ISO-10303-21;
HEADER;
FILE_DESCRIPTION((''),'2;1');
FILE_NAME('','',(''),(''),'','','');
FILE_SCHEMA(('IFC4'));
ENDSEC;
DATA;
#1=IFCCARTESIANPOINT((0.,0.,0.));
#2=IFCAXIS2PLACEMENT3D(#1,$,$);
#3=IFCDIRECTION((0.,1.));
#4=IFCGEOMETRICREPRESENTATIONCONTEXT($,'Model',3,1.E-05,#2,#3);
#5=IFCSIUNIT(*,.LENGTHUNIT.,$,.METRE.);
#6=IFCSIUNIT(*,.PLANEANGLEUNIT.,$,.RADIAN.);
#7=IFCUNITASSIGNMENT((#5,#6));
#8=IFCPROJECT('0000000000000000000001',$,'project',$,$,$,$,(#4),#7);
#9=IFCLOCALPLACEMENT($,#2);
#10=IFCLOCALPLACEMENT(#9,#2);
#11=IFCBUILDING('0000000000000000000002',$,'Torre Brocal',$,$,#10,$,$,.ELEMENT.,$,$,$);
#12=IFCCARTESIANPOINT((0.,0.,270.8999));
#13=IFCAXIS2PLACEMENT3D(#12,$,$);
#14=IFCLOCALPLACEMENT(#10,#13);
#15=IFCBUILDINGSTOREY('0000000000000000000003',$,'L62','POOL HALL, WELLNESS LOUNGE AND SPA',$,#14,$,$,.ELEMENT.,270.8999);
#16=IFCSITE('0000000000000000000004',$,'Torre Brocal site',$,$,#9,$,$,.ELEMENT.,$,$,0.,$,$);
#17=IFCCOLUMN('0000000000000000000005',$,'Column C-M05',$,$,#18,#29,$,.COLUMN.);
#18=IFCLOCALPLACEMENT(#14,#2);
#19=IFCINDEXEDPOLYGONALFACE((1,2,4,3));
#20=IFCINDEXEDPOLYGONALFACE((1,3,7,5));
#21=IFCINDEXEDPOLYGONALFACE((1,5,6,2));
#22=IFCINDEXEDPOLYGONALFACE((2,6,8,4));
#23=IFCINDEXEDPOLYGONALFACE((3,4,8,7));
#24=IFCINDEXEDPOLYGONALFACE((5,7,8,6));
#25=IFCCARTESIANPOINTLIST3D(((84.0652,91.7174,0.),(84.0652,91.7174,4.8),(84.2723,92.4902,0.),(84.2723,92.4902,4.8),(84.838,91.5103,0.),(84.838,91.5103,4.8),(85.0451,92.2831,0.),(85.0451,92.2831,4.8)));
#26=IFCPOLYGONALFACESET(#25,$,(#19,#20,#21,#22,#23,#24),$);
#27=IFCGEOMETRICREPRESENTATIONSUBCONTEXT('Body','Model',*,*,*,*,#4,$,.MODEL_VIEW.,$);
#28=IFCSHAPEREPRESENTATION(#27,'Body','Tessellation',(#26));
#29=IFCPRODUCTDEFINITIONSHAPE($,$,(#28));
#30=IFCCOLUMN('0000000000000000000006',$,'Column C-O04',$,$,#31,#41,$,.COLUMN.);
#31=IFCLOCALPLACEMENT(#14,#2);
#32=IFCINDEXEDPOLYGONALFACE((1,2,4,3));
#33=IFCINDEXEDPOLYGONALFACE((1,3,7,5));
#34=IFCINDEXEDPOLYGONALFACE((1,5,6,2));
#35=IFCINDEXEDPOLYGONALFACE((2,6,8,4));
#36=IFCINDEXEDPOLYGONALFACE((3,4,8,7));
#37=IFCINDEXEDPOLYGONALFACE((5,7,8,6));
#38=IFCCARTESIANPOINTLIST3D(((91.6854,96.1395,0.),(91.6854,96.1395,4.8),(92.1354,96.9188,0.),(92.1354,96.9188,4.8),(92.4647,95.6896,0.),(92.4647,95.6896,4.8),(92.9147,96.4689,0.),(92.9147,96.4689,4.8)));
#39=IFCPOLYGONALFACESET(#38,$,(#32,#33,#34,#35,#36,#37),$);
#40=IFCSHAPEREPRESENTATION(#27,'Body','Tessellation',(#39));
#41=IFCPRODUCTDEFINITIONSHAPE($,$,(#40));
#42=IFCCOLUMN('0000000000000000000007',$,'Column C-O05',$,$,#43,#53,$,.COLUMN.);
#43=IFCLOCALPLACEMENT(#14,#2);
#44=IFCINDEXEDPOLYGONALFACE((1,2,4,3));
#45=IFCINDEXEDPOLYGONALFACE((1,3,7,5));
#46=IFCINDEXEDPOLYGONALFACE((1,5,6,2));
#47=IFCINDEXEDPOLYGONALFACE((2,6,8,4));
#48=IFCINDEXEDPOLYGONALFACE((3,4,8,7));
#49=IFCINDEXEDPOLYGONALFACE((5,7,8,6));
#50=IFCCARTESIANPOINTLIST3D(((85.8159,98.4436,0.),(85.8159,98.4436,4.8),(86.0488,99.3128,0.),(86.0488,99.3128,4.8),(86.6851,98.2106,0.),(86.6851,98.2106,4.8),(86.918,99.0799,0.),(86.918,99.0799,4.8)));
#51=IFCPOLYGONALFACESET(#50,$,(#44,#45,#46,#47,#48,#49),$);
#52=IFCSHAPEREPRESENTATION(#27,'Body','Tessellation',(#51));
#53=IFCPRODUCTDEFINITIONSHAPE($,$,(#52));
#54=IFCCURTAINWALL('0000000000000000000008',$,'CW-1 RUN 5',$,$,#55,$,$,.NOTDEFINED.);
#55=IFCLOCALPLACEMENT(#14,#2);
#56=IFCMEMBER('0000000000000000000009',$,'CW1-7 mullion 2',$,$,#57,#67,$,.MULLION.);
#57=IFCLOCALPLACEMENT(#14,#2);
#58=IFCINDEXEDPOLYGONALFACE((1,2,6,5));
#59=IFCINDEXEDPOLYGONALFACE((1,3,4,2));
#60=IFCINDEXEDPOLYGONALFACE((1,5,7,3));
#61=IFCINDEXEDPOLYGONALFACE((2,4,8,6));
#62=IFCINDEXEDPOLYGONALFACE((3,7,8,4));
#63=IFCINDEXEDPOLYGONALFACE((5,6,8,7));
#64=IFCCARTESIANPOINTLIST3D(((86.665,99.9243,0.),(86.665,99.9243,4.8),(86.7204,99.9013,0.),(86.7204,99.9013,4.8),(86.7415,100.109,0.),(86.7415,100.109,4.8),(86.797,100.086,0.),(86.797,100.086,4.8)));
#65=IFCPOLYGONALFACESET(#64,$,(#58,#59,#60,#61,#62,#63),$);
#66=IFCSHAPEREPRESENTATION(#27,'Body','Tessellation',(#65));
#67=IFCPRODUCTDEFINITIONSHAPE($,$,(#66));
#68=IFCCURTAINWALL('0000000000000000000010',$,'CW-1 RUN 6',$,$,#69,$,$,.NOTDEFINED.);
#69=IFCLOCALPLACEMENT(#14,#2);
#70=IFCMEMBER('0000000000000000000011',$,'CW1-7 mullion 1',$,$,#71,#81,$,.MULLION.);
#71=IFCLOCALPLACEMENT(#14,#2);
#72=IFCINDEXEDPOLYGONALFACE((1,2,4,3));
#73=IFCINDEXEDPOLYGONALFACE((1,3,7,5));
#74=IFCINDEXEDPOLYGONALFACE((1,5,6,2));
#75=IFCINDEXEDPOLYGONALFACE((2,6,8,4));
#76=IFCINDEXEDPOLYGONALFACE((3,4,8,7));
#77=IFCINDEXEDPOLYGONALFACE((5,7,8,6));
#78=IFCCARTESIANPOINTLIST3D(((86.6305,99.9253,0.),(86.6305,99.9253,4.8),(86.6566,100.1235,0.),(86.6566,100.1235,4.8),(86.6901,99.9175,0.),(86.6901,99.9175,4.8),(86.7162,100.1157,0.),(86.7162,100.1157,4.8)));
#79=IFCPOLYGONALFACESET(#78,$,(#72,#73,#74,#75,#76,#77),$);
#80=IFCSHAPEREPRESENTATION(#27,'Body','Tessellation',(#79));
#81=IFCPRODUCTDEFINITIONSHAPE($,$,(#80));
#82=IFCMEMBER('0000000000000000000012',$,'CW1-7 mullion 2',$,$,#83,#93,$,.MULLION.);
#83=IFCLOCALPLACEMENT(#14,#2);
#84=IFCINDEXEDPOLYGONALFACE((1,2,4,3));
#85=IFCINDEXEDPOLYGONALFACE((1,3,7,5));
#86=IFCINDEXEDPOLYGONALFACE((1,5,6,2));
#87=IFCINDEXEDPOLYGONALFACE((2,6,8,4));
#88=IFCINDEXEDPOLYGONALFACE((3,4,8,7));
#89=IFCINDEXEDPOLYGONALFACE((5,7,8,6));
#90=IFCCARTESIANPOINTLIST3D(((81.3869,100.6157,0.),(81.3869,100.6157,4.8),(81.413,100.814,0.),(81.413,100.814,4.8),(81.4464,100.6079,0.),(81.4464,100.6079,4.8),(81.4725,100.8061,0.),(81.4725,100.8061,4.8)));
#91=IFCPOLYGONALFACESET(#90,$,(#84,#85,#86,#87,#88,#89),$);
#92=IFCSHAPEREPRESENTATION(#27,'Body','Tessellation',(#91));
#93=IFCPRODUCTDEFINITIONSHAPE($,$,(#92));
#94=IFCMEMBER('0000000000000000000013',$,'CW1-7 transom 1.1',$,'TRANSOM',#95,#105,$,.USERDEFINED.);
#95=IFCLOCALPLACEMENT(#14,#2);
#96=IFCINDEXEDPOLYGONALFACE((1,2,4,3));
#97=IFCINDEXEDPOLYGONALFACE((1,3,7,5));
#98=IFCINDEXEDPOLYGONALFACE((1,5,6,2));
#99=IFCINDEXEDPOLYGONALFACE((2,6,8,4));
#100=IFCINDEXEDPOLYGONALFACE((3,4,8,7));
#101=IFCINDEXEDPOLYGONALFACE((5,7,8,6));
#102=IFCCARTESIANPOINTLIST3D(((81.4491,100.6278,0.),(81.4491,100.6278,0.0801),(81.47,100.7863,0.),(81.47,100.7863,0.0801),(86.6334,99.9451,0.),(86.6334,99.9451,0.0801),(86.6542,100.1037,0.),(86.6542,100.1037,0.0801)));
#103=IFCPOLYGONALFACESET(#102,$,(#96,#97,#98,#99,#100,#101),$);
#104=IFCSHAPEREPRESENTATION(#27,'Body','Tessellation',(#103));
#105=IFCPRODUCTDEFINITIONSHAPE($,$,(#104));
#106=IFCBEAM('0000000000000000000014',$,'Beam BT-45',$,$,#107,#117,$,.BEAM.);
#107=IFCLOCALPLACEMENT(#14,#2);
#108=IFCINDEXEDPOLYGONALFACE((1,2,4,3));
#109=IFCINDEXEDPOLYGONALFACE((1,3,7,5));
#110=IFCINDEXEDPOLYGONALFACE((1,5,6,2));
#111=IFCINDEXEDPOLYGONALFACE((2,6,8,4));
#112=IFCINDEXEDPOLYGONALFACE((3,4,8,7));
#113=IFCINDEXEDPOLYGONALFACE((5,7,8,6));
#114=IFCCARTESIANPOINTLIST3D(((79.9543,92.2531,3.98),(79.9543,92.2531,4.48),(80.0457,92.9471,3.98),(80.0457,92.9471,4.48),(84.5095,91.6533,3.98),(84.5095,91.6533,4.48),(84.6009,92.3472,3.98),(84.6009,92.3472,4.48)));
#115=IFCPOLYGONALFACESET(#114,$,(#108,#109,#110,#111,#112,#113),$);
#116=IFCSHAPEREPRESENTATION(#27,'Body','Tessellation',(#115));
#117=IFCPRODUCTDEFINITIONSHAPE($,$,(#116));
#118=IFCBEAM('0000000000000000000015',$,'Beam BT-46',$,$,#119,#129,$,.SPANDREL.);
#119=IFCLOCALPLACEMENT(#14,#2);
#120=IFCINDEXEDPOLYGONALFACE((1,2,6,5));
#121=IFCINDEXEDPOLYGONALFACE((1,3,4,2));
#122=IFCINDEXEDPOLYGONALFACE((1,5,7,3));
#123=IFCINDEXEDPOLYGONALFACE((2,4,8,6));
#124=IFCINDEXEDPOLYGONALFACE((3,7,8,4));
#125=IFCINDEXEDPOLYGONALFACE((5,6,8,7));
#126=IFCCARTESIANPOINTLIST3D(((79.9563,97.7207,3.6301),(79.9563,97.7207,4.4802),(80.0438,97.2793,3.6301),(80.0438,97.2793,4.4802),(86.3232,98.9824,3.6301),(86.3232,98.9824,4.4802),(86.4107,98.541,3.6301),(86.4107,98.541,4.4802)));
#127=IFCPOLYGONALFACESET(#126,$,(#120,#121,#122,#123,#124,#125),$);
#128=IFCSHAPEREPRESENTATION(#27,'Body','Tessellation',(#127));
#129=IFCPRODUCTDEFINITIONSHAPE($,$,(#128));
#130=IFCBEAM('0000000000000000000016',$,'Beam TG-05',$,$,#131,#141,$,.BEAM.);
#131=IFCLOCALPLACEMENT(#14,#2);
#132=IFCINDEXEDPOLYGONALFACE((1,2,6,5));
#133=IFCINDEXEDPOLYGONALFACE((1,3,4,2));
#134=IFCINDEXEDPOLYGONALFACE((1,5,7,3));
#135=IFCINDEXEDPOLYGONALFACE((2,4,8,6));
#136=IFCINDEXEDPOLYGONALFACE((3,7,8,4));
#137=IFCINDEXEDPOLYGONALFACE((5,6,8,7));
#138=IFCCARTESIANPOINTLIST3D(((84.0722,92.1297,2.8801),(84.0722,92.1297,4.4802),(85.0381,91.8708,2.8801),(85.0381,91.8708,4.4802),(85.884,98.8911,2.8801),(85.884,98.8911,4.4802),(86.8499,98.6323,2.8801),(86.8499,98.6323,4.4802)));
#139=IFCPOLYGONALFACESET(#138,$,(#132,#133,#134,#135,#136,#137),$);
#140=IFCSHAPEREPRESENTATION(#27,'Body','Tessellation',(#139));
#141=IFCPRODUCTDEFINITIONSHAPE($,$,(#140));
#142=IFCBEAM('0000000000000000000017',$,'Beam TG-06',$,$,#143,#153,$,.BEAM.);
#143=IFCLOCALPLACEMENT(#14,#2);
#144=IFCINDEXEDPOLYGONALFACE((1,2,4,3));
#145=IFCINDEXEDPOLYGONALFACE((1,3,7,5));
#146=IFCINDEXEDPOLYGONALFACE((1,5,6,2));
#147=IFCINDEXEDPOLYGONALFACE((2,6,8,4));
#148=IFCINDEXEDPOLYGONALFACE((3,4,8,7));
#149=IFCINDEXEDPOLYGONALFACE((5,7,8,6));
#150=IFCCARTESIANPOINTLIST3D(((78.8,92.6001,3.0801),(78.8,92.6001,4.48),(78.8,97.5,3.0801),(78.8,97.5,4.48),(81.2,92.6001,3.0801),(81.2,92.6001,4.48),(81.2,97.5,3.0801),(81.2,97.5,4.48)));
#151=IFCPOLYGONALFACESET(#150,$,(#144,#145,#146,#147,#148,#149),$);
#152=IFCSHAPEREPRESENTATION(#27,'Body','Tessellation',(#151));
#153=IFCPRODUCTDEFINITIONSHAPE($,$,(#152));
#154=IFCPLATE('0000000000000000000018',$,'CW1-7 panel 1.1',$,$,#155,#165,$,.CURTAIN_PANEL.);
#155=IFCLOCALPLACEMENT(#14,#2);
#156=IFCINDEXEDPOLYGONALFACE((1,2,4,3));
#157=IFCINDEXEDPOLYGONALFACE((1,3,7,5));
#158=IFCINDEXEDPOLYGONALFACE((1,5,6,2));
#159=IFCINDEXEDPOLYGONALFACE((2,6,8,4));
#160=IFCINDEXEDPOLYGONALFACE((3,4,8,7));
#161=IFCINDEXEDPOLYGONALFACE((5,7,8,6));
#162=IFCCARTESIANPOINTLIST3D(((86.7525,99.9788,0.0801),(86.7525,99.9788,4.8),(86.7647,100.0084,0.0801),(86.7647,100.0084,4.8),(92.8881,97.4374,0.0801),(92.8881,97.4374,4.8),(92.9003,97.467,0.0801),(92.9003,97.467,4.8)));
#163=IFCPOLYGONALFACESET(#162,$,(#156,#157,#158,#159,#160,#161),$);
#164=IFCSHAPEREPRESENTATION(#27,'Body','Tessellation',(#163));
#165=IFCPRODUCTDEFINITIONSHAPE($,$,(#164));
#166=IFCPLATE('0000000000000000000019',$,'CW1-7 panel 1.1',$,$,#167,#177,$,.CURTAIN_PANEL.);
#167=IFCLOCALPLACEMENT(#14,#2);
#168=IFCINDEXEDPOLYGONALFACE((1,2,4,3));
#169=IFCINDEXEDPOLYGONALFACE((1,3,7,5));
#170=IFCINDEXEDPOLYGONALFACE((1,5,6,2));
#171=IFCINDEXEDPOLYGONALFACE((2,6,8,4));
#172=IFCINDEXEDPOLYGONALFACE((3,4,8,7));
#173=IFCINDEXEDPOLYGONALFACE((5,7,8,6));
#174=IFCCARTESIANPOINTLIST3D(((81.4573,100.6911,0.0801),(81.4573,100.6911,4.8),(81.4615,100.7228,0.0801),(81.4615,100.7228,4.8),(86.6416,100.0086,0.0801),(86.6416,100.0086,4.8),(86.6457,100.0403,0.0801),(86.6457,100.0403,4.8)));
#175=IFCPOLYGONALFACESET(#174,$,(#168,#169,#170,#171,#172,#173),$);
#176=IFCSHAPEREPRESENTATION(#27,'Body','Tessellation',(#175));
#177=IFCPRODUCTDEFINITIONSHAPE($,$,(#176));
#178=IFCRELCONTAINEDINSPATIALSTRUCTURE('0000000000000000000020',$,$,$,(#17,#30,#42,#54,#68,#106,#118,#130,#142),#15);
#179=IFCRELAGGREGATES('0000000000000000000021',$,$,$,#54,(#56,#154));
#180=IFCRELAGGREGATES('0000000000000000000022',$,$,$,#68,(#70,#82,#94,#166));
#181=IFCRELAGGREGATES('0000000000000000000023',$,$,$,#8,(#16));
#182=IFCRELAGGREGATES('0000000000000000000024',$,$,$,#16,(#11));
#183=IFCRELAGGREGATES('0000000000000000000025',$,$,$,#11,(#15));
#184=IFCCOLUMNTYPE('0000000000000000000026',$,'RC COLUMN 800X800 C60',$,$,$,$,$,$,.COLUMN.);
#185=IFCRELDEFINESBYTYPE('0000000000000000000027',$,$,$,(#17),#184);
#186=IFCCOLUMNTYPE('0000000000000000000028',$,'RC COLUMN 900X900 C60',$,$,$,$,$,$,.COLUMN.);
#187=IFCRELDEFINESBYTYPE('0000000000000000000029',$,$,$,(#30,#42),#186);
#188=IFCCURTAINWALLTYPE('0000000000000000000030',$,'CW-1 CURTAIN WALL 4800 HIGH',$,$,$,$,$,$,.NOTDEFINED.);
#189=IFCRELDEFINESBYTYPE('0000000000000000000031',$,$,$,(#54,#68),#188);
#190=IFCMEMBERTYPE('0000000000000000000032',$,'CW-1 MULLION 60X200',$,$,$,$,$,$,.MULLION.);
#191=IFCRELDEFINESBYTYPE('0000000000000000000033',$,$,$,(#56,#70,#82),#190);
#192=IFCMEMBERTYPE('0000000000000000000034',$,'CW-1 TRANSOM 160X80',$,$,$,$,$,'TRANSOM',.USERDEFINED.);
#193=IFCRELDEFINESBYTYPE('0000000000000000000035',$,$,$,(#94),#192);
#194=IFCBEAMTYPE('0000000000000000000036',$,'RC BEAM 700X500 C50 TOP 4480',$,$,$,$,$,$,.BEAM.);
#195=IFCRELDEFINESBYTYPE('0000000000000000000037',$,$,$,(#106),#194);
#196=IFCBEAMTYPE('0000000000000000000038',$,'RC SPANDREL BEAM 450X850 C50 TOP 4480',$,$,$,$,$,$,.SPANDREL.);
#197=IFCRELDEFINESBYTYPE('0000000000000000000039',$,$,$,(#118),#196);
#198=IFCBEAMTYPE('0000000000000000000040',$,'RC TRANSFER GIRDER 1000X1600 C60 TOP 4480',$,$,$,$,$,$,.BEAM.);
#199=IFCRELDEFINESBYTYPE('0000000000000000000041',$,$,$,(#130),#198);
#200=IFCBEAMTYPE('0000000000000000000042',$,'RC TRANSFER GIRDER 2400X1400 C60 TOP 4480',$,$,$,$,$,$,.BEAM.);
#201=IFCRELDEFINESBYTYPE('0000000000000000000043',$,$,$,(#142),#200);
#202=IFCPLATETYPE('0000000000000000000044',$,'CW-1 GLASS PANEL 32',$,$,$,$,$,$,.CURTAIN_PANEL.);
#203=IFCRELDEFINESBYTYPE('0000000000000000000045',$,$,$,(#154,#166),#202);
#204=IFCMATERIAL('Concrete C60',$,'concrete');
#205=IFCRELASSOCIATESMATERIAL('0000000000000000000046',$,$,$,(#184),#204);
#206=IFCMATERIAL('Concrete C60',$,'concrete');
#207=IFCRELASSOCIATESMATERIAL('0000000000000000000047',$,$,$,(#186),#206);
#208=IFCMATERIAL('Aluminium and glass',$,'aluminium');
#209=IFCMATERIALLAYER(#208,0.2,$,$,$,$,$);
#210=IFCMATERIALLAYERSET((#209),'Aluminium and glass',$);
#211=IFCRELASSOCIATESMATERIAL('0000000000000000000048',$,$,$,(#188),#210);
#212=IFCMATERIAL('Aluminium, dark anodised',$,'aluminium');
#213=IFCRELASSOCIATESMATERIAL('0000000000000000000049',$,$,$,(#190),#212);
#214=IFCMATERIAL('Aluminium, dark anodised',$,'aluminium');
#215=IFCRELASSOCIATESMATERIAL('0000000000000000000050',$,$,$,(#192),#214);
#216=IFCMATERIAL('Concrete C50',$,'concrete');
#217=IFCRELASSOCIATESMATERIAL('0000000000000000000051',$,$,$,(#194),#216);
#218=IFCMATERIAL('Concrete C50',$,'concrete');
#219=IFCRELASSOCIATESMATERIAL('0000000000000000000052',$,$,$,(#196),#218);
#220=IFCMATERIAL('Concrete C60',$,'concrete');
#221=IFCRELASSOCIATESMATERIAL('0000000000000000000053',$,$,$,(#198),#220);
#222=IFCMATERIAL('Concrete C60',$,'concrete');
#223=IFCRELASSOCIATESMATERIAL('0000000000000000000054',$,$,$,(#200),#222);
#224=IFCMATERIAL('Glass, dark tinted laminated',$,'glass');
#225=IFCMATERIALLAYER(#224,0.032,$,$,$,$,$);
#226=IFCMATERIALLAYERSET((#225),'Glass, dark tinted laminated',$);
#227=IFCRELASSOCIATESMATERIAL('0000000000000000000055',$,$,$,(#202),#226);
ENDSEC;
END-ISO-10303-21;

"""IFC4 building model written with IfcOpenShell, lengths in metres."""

from ifc_helpers import new_model, si_unit, direction, frame, origin, origin_2d, place, context, subcontext, project, spatial, rectangle, extrude, material, layer, layer_set, material_profile, profile_set, type_object, element, aggregate, save


model = new_model("IFC4")

# Units and contexts
model_context = context("Model", 3, precision=1e-05, world=origin(), true_north=direction((0.0, 1.0)))
body_context = subcontext(model_context, "Body", "Model", "MODEL_VIEW")
ifc_project = project(units=[si_unit("LENGTHUNIT", "METRE"), si_unit("PLANEANGLEUNIT", "RADIAN")], contexts=[model_context])

# Site, building, storey
site_placement = place(None, origin())
site = spatial("IfcSite", under=ifc_project, at=site_placement, Name="Torre Brocal site", CompositionType="ELEMENT", RefElevation=0.0)
building_placement = place(site_placement, origin())
building = spatial("IfcBuilding", under=site, at=building_placement, Name="Torre Brocal", CompositionType="ELEMENT")
storey_placement = place(building_placement, frame((0.0, 0.0, 270.8999)))
storey = spatial("IfcBuildingStorey", under=building, at=storey_placement, Name="L62", Description="POOL HALL, WELLNESS LOUNGE AND SPA", CompositionType="ELEMENT", Elevation=270.8999)

# Columns
ifc_material_1 = material(Name="Concrete C60", Category="concrete")
ifc_material_profile_1 = material_profile(ifc_material_1, rectangle(XDim=0.8, YDim=0.8, at=origin_2d()), Name="RC 800X800")
ifc_profile_set_1 = profile_set([ifc_material_profile_1], Name="Concrete C60")
column_type_1 = type_object("IfcColumnType", Name="RC COLUMN 800X800 C60", PredefinedType="COLUMN", material=ifc_profile_set_1)
column_placement = place(storey_placement, frame((84.5552, 92.0002, 0.0), z_axis=(0.0, 0.0, 1.0), x_axis=(0.258819, 0.965926, 0.0)))
element("IfcColumn", 1, at=column_placement, inside=storey, type_object=column_type_1, Name="Column C-M05", PredefinedType="COLUMN", context=body_context, shape_type="SweptSolid", body=[
    extrude(rectangle(XDim=0.8, YDim=0.8, at=origin_2d()), origin(), (0.0, 0.0, 1.0), 4.8),
])
ifc_material_2 = material(Name="Concrete C60", Category="concrete")
ifc_material_profile_2 = material_profile(ifc_material_2, rectangle(XDim=0.8999, YDim=0.8999, at=origin_2d()), Name="RC 900X900")
ifc_profile_set_2 = profile_set([ifc_material_profile_2], Name="Concrete C60")
column_type_2 = type_object("IfcColumnType", Name="RC COLUMN 900X900 C60", PredefinedType="COLUMN", material=ifc_profile_set_2)
for number, where, z_axis, x_axis, name in (
    (2, (92.3, 96.3042, 0.0), (0.0, 0.0, 1.0), (0.5, 0.866025, 0.0), "Column C-O04"),
    (3, (86.3669, 98.7617, 0.0), (0.0, 0.0, 1.0), (0.258819, 0.965926, 0.0), "Column C-O05"),
):
    element("IfcColumn", number, at=place(storey_placement, frame(where, z_axis=z_axis, x_axis=x_axis)), inside=storey, type_object=column_type_2, Name=name, PredefinedType="COLUMN", context=body_context, shape_type="SweptSolid", body=[
        extrude(rectangle(XDim=0.8999, YDim=0.8999, at=origin_2d()), origin(), (0.0, 0.0, 1.0), 4.8),
    ])

# Curtain wall, member
ifc_material_3 = material(Name="Aluminium and glass", Category="aluminium")
ifc_layer_1 = layer(ifc_material_3, 0.2)
ifc_layer_set_1 = layer_set([ifc_layer_1], Name="Aluminium and glass")
curtain_wall_type = type_object("IfcCurtainWallType", Name="CW-1 CURTAIN WALL 4800 HIGH", PredefinedType="NOTDEFINED", material=ifc_layer_set_1)
curtain_wall_1_placement = place(storey_placement, origin())
curtain_wall_1 = element("IfcCurtainWall", 4, at=curtain_wall_1_placement, inside=storey, type_object=curtain_wall_type, Name="CW-1 RUN 5", PredefinedType="NOTDEFINED")
ifc_material_4 = material(Name="Aluminium, dark anodised", Category="aluminium")
ifc_material_profile_3 = material_profile(ifc_material_4, rectangle(XDim=0.2, YDim=0.0601, at=origin_2d()), Name="CW-1 MULLION 60X200")
ifc_profile_set_3 = profile_set([ifc_material_profile_3], Name="Aluminium, dark anodised")
member_type_1 = type_object("IfcMemberType", Name="CW-1 MULLION 60X200", PredefinedType="MULLION", material=ifc_profile_set_3)
member_1_placement = place(storey_placement, frame((86.731, 100.0051, 0.0), z_axis=(0.0, 0.0, 1.0), x_axis=(-0.382683, -0.92388, 0.0)))
member_1 = element("IfcMember", 5, at=member_1_placement, type_object=member_type_1, Name="CW1-7 mullion 2", PredefinedType="MULLION", context=body_context, shape_type="SweptSolid", body=[
    extrude(rectangle(XDim=0.2, YDim=0.0601, at=origin_2d()), origin(), (0.0, 0.0, 1.0), 4.8),
])

# Curtain wall, members
curtain_wall_2_placement = place(storey_placement, origin())
curtain_wall_2 = element("IfcCurtainWall", 6, at=curtain_wall_2_placement, inside=storey, type_object=curtain_wall_type, Name="CW-1 RUN 6", PredefinedType="NOTDEFINED")
member_2_placement = place(storey_placement, frame((86.6733, 100.0205, 0.0), z_axis=(0.0, 0.0, 1.0), x_axis=(-0.130526, -0.991445, 0.0)))
member_2 = element("IfcMember", 7, at=member_2_placement, type_object=member_type_1, Name="CW1-7 mullion 1", PredefinedType="MULLION", context=body_context, shape_type="SweptSolid", body=[
    extrude(rectangle(XDim=0.2, YDim=0.0601, at=origin_2d()), origin(), (0.0, 0.0, 1.0), 4.8),
])
member_3_placement = place(storey_placement, frame((81.4297, 100.7109, 0.0), z_axis=(0.0, 0.0, 1.0), x_axis=(-0.130526, -0.991445, 0.0)))
member_3 = element("IfcMember", 8, at=member_3_placement, type_object=member_type_1, Name="CW1-7 mullion 2", PredefinedType="MULLION", context=body_context, shape_type="SweptSolid", body=[
    extrude(rectangle(XDim=0.2, YDim=0.0601, at=origin_2d()), origin(), (0.0, 0.0, 1.0), 4.8),
])
ifc_material_5 = material(Name="Aluminium, dark anodised", Category="aluminium")
ifc_material_profile_4 = material_profile(ifc_material_5, rectangle(XDim=0.1599, YDim=0.0801, at=origin_2d()), Name="CW-1 TRANSOM 160X80")
ifc_profile_set_4 = profile_set([ifc_material_profile_4], Name="Aluminium, dark anodised")
member_type_2 = type_object("IfcMemberType", Name="CW-1 TRANSOM 160X80", ElementType="TRANSOM", PredefinedType="USERDEFINED", material=ifc_profile_set_4)
member_4_placement = place(storey_placement, frame((86.6438, 100.0244, 0.04), z_axis=(-0.991443, 0.130543, 0.0), x_axis=(-0.130543, -0.991443, 0.0)))
member_4 = element("IfcMember", 9, at=member_4_placement, type_object=member_type_2, Name="CW1-7 transom 1.1", ObjectType="TRANSOM", PredefinedType="USERDEFINED", context=body_context, shape_type="SweptSolid", body=[
    extrude(rectangle(XDim=0.1599, YDim=0.0801, at=origin_2d()), origin(), (0.0, 0.0, 1.0), 5.229),
])

# Beams
ifc_material_6 = material(Name="Concrete C50", Category="concrete")
ifc_material_profile_5 = material_profile(ifc_material_6, rectangle(XDim=0.7, YDim=0.5, at=origin_2d()), Name="RC 700X500")
ifc_profile_set_5 = profile_set([ifc_material_profile_5], Name="Concrete C50")
beam_type_1 = type_object("IfcBeamType", Name="RC BEAM 700X500 C50 TOP 4480", PredefinedType="BEAM", material=ifc_profile_set_5)
beam_1_placement = place(storey_placement, frame((84.5552, 92.0002, 4.23), z_axis=(-0.991441, 0.130559, 0.0), x_axis=(-0.130559, -0.991441, 0.0)))
element("IfcBeam", 10, at=beam_1_placement, inside=storey, type_object=beam_type_1, Name="Beam BT-45", PredefinedType="BEAM", context=body_context, shape_type="SweptSolid", body=[
    extrude(rectangle(XDim=0.7, YDim=0.5, at=origin_2d()), origin(), (0.0, 0.0, 1.0), 4.5945),
])
ifc_material_7 = material(Name="Concrete C50", Category="concrete")
ifc_material_profile_6 = material_profile(ifc_material_7, rectangle(XDim=0.45, YDim=0.8501, at=origin_2d()), Name="RC 450X850")
ifc_profile_set_6 = profile_set([ifc_material_profile_6], Name="Concrete C50")
beam_type_2 = type_object("IfcBeamType", Name="RC SPANDREL BEAM 450X850 C50 TOP 4480", PredefinedType="SPANDREL", material=ifc_profile_set_6)
beam_2_placement = place(storey_placement, frame((86.3669, 98.7617, 4.0552), z_axis=(-0.980925, -0.194387, 0.0), x_axis=(0.194387, -0.980925, 0.0)))
element("IfcBeam", 11, at=beam_2_placement, inside=storey, type_object=beam_type_2, Name="Beam BT-46", PredefinedType="SPANDREL", context=body_context, shape_type="SweptSolid", body=[
    extrude(rectangle(XDim=0.45, YDim=0.8501, at=origin_2d()), origin(), (0.0, 0.0, 1.0), 6.4907),
])
ifc_material_8 = material(Name="Concrete C60", Category="concrete")
ifc_material_profile_7 = material_profile(ifc_material_8, rectangle(XDim=1.0, YDim=1.6001, at=origin_2d()), Name="RC 1000X1600")
ifc_profile_set_7 = profile_set([ifc_material_profile_7], Name="Concrete C60")
beam_type_3 = type_object("IfcBeamType", Name="RC TRANSFER GIRDER 1000X1600 C60 TOP 4480", PredefinedType="BEAM", material=ifc_profile_set_7)
beam_3_placement = place(storey_placement, frame((84.5552, 92.0002, 3.6802), z_axis=(0.258824, 0.965925, 0.0), x_axis=(-0.965925, 0.258824, 0.0)))
element("IfcBeam", 12, at=beam_3_placement, inside=storey, type_object=beam_type_3, Name="Beam TG-05", PredefinedType="BEAM", context=body_context, shape_type="SweptSolid", body=[
    extrude(rectangle(XDim=1.0, YDim=1.6001, at=origin_2d()), origin(), (0.0, 0.0, 1.0), 7.0),
])
ifc_material_9 = material(Name="Concrete C60", Category="concrete")
ifc_material_profile_8 = material_profile(ifc_material_9, rectangle(XDim=2.3999, YDim=1.3999, at=origin_2d()), Name="RC 2400X1400")
ifc_profile_set_8 = profile_set([ifc_material_profile_8], Name="Concrete C60")
beam_type_4 = type_object("IfcBeamType", Name="RC TRANSFER GIRDER 2400X1400 C60 TOP 4480", PredefinedType="BEAM", material=ifc_profile_set_8)
beam_4_placement = place(storey_placement, frame((80.0, 92.6001, 3.78), z_axis=(0.0, 1.0, 0.0), x_axis=(-1.0, 0.0, 0.0)))
element("IfcBeam", 13, at=beam_4_placement, inside=storey, type_object=beam_type_4, Name="Beam TG-06", PredefinedType="BEAM", context=body_context, shape_type="SweptSolid", body=[
    extrude(rectangle(XDim=2.3999, YDim=1.3999, at=origin_2d()), origin(), (0.0, 0.0, 1.0), 4.8999),
])

# Plates
ifc_material_10 = material(Name="Glass, dark tinted laminated", Category="glass")
ifc_layer_2 = layer(ifc_material_10, 0.032)
ifc_layer_set_2 = layer_set([ifc_layer_2], Name="Glass, dark tinted laminated")
plate_type = type_object("IfcPlateType", Name="CW-1 GLASS PANEL 32", PredefinedType="CURTAIN_PANEL", material=ifc_layer_set_2)
plate_1_placement = place(storey_placement, frame((89.8264, 98.7229, 0.0801), z_axis=(0.0, 0.0, 1.0), x_axis=(-0.92388, 0.382683, 0.0)))
plate_1 = element("IfcPlate", 14, at=plate_1_placement, type_object=plate_type, Name="CW1-7 panel 1.1", PredefinedType="CURTAIN_PANEL", context=body_context, shape_type="SweptSolid", body=[
    extrude(rectangle(XDim=6.6411, YDim=0.032, at=origin_2d()), origin(), (0.0, 0.0, 1.0), 4.72),
])
aggregate(curtain_wall_1, [member_1, plate_1])
plate_2_placement = place(storey_placement, frame((84.0515, 100.3657, 0.0801), z_axis=(0.0, 0.0, 1.0), x_axis=(-0.991445, 0.130526, 0.0)))
plate_2 = element("IfcPlate", 15, at=plate_2_placement, type_object=plate_type, Name="CW1-7 panel 1.1", PredefinedType="CURTAIN_PANEL", context=body_context, shape_type="SweptSolid", body=[
    extrude(rectangle(XDim=5.229, YDim=0.032, at=origin_2d()), origin(), (0.0, 0.0, 1.0), 4.72),
])
aggregate(curtain_wall_2, [member_2, member_3, member_4, plate_2])

save(model, "model.ifc")
